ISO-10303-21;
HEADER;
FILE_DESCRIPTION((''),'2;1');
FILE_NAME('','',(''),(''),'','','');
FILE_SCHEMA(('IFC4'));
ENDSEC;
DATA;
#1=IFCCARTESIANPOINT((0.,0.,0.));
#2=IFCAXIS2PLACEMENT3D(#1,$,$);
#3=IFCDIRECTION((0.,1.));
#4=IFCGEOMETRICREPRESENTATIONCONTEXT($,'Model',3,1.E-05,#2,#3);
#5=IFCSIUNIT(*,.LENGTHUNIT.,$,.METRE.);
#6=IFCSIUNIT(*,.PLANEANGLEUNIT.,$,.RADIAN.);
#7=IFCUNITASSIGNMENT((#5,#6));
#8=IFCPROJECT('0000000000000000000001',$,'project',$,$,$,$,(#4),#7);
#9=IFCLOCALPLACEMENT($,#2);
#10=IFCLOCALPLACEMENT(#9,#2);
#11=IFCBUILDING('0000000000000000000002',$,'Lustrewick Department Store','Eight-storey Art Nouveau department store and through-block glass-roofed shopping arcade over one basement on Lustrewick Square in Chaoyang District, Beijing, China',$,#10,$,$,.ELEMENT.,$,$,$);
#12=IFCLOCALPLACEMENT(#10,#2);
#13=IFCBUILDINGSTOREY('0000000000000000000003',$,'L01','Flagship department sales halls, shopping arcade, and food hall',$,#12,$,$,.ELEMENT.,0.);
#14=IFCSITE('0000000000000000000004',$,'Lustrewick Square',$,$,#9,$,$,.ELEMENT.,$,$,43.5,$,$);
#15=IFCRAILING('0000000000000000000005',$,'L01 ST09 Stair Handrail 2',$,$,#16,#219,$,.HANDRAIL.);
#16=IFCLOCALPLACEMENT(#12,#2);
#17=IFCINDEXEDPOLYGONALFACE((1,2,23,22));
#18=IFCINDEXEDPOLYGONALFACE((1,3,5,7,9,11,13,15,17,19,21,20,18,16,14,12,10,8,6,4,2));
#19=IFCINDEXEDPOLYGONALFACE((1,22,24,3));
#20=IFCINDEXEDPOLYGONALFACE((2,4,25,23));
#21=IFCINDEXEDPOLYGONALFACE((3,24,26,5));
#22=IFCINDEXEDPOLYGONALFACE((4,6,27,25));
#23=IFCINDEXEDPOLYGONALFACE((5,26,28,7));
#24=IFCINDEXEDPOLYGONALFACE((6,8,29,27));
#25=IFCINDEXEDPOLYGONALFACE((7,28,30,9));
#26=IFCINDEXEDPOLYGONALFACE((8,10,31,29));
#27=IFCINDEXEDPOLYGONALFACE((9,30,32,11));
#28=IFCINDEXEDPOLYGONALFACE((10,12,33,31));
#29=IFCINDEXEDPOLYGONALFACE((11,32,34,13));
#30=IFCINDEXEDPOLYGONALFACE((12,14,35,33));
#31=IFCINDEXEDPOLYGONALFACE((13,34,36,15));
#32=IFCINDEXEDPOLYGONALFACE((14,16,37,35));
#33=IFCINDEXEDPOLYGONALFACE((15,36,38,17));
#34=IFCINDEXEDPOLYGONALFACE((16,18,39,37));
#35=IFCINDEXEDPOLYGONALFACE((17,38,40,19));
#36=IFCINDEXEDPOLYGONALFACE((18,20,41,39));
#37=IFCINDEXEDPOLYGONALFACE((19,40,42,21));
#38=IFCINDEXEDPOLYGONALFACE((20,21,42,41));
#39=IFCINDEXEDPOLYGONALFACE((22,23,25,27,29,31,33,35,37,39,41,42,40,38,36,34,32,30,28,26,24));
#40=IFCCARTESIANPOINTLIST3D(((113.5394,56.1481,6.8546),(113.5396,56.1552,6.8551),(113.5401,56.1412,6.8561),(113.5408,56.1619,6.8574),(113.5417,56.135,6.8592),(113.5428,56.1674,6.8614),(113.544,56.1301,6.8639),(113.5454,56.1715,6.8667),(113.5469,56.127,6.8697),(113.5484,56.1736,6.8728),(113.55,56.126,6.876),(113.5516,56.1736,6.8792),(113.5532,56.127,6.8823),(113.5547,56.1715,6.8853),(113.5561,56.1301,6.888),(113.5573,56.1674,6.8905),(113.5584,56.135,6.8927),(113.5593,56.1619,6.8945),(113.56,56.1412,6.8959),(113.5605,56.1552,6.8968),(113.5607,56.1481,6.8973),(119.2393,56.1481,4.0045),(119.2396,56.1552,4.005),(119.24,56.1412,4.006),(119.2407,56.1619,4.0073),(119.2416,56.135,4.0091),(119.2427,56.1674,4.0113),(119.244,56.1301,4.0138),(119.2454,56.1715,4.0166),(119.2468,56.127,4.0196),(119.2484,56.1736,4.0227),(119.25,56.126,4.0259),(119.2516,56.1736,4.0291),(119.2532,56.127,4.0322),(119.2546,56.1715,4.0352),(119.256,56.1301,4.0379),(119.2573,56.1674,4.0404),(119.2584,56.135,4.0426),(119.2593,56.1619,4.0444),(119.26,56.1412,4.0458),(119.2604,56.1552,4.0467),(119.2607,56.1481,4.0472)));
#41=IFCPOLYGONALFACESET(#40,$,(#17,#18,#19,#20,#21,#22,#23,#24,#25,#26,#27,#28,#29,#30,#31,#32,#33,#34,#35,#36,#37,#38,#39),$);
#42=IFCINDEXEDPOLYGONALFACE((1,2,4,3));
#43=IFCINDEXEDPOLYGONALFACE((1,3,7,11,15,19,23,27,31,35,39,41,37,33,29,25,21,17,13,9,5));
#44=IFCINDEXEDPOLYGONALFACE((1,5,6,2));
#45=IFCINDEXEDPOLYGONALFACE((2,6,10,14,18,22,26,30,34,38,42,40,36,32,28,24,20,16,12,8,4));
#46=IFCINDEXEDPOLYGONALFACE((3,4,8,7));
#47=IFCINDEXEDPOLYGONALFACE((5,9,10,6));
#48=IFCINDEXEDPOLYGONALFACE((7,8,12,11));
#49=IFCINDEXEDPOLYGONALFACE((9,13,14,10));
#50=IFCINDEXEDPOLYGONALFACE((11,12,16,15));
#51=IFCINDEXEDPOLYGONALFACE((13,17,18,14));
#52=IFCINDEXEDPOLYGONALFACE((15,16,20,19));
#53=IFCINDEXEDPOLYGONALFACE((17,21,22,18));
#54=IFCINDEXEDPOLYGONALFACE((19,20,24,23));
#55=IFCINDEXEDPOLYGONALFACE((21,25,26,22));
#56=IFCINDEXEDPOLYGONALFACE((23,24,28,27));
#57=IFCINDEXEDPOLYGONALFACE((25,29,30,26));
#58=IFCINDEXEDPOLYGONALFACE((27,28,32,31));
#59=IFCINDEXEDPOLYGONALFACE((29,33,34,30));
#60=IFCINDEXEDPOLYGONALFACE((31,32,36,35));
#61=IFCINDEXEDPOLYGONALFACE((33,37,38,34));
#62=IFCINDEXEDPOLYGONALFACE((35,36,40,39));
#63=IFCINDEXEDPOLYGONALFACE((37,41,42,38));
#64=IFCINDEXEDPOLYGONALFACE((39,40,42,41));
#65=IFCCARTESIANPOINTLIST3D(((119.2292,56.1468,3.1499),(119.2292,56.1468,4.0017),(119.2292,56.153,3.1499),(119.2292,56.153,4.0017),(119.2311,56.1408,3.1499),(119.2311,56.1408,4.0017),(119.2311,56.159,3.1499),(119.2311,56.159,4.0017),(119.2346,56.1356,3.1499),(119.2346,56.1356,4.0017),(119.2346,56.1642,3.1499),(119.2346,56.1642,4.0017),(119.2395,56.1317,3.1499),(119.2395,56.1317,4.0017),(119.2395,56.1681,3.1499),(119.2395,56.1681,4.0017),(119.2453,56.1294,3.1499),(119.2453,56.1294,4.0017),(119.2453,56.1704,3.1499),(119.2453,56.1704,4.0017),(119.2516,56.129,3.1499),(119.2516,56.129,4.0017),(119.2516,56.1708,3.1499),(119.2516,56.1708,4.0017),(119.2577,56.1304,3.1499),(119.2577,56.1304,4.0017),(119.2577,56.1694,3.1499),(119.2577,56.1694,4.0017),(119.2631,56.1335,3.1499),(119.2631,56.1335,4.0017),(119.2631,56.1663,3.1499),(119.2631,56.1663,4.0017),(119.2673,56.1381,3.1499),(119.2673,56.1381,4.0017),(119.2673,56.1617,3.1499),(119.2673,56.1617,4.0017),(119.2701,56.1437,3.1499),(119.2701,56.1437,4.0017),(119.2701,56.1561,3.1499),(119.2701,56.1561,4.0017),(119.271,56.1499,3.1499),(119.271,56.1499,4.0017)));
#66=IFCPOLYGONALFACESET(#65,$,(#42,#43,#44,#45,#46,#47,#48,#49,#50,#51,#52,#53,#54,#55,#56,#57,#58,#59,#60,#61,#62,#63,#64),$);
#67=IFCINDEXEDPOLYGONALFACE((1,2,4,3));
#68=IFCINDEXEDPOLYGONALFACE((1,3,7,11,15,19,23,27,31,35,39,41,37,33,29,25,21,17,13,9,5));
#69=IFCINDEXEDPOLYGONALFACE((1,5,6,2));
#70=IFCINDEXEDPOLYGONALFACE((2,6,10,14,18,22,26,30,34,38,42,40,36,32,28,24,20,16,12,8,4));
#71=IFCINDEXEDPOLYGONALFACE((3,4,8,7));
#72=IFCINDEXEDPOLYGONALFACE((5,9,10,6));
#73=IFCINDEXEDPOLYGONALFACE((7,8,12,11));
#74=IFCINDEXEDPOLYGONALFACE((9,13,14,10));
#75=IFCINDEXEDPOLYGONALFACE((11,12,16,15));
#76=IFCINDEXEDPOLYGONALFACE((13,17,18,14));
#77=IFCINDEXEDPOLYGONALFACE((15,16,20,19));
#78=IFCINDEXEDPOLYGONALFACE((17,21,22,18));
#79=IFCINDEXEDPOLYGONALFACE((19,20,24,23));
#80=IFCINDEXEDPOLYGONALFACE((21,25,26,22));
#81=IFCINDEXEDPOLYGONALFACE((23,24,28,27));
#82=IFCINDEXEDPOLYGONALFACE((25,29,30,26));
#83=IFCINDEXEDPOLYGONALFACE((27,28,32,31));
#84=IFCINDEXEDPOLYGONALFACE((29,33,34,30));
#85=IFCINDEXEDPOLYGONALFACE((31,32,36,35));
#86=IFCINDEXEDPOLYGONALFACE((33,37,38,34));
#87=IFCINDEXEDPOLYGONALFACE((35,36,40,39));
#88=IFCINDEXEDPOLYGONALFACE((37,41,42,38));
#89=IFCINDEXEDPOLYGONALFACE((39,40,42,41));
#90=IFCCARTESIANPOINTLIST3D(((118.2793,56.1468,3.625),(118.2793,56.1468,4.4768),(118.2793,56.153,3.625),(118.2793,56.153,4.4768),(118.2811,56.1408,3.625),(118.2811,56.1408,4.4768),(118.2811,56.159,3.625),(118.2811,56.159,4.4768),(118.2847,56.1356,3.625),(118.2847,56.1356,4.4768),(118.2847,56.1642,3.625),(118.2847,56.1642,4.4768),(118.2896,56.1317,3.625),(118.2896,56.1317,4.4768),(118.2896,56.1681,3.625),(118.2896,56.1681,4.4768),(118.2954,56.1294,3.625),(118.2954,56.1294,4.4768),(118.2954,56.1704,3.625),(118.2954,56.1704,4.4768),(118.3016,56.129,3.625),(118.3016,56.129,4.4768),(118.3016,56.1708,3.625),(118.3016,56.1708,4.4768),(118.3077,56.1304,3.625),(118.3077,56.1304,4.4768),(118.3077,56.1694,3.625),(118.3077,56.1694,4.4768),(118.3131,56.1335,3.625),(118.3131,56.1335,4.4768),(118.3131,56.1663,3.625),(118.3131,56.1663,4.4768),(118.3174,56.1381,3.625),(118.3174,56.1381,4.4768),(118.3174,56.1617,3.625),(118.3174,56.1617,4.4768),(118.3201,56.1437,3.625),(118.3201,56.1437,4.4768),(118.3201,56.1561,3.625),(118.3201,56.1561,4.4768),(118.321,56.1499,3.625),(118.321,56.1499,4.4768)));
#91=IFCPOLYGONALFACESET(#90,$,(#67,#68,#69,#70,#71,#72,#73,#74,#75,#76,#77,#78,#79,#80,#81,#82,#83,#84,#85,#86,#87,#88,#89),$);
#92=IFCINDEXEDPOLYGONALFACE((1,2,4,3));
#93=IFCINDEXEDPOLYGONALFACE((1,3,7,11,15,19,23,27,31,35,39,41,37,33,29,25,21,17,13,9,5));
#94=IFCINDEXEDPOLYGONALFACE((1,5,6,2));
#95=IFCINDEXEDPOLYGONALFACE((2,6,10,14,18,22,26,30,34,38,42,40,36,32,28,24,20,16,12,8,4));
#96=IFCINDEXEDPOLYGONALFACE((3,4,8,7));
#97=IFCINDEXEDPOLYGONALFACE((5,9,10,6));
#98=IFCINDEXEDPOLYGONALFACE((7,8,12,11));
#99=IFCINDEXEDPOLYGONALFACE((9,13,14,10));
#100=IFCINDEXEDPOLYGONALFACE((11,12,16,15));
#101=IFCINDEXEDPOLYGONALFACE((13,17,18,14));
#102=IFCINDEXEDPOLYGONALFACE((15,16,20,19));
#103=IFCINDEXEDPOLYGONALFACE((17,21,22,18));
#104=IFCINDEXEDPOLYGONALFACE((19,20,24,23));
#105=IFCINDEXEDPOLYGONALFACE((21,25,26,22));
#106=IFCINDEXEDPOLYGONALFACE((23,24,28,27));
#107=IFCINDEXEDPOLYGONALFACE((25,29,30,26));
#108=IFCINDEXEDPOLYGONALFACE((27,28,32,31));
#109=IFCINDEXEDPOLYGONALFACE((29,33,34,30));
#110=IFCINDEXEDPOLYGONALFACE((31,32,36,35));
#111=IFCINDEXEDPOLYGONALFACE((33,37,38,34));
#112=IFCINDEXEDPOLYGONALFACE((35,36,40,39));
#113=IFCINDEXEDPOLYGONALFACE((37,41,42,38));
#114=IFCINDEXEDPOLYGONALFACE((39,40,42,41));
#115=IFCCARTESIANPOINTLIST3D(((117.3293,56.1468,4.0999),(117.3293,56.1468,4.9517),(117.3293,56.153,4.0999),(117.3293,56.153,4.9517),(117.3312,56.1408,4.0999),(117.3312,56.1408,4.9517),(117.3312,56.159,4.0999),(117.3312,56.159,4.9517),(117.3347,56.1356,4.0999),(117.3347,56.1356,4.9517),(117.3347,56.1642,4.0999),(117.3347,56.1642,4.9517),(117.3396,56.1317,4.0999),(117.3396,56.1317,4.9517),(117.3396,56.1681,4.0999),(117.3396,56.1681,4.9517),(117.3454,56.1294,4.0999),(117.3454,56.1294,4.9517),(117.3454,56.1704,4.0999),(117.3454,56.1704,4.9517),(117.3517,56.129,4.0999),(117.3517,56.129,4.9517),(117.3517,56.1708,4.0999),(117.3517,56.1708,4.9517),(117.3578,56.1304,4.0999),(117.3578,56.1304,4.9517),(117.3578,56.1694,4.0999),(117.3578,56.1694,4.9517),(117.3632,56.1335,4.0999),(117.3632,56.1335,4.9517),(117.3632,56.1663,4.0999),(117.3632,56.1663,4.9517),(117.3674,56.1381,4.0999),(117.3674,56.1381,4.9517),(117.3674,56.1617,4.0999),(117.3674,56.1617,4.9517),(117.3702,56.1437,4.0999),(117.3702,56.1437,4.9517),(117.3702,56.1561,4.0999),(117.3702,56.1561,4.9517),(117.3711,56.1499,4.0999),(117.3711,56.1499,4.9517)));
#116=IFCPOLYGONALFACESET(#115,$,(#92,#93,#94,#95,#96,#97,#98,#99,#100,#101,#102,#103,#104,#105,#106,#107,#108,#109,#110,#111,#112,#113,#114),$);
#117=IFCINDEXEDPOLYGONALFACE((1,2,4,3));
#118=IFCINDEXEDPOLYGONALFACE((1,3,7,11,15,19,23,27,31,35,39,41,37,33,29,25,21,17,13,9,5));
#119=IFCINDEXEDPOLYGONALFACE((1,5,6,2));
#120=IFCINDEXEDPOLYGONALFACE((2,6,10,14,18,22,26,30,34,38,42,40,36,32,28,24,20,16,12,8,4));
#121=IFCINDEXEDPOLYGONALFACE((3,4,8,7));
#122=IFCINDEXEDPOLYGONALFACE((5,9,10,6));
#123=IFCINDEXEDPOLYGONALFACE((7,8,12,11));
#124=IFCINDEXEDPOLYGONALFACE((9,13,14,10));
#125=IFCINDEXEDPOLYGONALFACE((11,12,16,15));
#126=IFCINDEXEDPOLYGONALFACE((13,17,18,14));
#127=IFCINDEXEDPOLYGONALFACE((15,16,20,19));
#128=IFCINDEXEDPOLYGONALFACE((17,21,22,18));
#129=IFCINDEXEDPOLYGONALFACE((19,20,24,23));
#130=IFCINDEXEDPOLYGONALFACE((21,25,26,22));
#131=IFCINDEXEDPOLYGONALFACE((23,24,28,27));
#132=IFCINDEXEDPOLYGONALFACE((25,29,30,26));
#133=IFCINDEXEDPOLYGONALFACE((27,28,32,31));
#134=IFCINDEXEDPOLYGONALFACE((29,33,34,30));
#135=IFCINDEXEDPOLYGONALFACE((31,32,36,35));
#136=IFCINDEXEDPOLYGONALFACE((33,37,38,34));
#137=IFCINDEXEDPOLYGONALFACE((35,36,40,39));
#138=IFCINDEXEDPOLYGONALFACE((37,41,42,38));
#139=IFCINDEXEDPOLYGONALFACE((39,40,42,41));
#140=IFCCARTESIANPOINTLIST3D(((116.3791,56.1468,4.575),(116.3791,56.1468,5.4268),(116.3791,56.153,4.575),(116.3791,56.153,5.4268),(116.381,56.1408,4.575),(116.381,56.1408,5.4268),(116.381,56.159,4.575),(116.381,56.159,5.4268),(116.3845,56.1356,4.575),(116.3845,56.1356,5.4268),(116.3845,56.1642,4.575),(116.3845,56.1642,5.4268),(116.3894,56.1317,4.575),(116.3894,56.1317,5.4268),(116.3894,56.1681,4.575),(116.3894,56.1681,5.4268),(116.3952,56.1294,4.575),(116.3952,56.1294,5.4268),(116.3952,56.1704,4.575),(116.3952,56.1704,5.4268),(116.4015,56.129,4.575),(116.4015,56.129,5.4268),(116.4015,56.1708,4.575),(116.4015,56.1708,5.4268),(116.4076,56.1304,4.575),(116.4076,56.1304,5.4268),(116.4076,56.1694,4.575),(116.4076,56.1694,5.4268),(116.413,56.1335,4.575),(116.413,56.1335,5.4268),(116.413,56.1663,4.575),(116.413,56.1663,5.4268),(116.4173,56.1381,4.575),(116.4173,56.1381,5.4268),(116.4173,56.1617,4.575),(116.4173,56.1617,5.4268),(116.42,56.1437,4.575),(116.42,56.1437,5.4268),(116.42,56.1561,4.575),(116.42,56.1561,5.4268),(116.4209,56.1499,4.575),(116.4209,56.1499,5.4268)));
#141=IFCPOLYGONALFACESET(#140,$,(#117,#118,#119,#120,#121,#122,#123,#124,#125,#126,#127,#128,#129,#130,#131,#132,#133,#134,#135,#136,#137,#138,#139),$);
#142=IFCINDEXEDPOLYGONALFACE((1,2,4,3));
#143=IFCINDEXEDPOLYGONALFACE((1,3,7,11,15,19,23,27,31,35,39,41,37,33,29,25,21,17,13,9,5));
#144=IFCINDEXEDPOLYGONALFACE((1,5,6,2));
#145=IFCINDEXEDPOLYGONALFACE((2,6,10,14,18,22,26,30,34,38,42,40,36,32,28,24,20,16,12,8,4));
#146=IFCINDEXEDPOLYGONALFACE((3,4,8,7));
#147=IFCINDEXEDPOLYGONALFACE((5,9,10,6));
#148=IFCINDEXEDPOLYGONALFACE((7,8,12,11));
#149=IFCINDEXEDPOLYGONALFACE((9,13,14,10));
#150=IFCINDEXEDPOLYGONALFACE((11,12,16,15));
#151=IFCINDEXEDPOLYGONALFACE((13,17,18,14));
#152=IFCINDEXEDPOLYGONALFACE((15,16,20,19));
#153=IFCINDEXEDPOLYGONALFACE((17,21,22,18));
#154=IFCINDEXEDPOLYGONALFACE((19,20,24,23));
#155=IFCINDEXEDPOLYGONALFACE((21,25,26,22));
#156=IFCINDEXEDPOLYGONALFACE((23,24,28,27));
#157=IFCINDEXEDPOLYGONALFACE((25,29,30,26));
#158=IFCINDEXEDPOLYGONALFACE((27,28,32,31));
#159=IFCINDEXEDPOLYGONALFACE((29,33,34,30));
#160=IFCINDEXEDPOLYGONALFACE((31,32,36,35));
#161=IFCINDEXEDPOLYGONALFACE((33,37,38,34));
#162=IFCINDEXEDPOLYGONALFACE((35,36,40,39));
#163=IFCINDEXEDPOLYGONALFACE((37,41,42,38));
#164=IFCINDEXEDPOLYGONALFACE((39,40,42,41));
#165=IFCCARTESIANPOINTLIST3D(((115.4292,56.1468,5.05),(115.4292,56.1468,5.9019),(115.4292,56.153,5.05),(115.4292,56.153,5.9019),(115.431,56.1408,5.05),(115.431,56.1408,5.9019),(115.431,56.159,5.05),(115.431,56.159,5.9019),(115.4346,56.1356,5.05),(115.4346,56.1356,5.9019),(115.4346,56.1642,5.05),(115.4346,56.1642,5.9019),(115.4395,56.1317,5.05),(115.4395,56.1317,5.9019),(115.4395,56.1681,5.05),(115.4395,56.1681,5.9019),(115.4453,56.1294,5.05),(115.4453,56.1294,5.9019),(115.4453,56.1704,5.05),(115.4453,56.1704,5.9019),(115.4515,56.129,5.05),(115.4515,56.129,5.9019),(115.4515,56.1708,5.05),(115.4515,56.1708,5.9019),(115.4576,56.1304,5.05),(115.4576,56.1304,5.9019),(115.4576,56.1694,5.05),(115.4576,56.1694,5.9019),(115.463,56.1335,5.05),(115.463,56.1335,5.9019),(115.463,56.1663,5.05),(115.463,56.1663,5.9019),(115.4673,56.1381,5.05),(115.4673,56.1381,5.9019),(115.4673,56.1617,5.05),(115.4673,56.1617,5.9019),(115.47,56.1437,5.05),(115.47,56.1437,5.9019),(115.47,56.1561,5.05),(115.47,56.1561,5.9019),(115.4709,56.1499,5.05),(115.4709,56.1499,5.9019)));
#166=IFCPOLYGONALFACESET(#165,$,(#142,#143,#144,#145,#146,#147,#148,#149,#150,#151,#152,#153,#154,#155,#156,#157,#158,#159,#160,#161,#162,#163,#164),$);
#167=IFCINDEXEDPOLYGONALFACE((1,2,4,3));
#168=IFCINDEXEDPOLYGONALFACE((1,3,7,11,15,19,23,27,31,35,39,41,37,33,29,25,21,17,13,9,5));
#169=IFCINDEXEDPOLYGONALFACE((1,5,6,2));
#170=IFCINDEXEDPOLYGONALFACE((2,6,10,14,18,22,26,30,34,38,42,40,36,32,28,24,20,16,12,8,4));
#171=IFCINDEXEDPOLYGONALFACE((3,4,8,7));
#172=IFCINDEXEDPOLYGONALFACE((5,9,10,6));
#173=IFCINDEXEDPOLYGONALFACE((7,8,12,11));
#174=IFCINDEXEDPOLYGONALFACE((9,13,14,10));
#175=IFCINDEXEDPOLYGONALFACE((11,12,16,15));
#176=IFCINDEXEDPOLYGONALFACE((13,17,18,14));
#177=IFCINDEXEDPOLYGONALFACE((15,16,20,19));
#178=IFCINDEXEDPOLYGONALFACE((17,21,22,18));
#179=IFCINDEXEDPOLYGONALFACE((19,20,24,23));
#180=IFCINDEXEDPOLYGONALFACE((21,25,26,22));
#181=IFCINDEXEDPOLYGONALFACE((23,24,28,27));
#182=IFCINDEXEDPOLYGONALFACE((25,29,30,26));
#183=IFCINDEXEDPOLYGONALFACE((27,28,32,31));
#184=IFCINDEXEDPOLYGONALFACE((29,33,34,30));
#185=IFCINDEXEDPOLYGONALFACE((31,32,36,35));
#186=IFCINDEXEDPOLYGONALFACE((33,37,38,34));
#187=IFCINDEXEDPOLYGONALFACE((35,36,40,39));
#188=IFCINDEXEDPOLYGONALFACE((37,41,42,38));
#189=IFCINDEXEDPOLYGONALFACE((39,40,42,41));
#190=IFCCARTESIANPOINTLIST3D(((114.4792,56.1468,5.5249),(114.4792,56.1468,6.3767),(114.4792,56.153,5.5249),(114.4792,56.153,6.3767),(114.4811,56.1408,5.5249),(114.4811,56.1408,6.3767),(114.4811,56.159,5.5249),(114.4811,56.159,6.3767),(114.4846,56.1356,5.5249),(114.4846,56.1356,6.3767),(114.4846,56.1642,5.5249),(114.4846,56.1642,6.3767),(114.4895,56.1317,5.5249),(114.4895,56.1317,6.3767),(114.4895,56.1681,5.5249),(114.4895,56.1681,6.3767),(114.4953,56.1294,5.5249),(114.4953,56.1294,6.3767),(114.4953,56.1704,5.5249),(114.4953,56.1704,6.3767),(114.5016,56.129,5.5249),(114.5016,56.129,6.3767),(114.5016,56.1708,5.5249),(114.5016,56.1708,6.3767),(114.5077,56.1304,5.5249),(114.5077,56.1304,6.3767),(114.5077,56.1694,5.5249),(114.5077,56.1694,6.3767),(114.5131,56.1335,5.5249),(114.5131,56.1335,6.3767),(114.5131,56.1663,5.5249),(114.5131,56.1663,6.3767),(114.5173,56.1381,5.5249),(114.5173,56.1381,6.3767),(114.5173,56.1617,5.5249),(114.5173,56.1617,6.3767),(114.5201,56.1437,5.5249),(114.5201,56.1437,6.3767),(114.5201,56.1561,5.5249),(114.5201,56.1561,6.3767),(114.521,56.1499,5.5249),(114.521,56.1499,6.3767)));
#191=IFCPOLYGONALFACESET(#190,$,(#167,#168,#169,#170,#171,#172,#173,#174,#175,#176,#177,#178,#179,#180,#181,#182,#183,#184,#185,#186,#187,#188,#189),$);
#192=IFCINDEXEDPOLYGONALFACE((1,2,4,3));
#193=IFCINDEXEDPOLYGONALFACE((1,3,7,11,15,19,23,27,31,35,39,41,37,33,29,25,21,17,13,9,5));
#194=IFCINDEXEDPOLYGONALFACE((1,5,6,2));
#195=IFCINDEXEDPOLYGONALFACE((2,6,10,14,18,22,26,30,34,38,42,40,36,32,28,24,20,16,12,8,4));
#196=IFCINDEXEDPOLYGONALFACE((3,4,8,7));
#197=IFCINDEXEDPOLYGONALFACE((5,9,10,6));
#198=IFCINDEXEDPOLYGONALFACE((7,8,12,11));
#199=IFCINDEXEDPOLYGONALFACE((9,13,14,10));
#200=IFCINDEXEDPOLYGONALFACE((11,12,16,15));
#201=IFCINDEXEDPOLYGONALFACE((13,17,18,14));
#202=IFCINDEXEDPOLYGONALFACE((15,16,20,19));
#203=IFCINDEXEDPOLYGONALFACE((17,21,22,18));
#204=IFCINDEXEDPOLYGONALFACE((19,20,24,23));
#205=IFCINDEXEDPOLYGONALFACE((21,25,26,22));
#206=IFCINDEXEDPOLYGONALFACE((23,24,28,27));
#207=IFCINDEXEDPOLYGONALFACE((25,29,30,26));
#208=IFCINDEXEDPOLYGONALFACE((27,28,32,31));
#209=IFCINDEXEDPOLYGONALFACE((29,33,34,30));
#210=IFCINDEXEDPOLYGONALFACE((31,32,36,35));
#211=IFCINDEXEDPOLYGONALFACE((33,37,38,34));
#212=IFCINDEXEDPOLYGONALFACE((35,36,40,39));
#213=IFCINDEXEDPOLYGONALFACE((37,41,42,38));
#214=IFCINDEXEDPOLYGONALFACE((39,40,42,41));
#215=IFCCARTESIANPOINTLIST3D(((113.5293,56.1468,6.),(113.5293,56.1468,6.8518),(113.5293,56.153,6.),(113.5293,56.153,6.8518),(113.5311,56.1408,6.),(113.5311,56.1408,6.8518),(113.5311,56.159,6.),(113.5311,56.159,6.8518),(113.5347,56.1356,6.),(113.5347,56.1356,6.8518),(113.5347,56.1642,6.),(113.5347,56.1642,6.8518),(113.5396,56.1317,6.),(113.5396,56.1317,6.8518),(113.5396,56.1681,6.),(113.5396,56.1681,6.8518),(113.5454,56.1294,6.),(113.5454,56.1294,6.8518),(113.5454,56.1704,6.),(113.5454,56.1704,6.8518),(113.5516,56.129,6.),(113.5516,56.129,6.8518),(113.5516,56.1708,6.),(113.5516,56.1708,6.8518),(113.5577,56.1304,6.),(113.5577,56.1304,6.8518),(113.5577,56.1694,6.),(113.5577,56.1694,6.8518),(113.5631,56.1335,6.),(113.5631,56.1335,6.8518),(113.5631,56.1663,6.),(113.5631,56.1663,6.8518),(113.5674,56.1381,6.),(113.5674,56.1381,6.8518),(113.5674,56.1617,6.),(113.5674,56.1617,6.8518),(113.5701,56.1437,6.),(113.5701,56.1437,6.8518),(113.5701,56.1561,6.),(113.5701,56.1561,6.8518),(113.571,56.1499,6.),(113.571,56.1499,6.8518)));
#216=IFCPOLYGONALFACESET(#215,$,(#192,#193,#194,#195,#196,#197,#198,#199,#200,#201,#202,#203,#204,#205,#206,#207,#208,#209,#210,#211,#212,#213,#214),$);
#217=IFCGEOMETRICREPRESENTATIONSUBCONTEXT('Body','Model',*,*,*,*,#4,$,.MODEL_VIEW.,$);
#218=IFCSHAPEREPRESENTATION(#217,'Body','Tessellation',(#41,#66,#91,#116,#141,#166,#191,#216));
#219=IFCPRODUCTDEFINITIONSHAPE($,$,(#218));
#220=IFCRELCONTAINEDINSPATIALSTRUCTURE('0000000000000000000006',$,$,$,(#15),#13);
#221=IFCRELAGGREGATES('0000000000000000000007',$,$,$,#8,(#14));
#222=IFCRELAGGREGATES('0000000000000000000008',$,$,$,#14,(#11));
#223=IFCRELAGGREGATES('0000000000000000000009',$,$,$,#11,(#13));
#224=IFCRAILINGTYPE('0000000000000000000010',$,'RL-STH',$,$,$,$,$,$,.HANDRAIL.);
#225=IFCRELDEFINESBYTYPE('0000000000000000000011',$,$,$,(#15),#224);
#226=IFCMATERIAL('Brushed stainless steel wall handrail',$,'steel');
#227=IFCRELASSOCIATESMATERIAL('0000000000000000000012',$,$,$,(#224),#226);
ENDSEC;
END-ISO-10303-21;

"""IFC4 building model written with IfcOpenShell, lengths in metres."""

from ifc_helpers import new_model, si_unit, direction, frame, origin, origin_2d, place, context, subcontext, project, spatial, circle, extrude, material, type_object, element, save


model = new_model("IFC4")

# Units and contexts
model_context = context("Model", 3, precision=1e-05, world=origin(), true_north=direction((0.0, 1.0)))
body_context = subcontext(model_context, "Body", "Model", "MODEL_VIEW")
ifc_project = project(units=[si_unit("LENGTHUNIT", "METRE"), si_unit("PLANEANGLEUNIT", "RADIAN")], contexts=[model_context])

# Site, building, storey
site_placement = place(None, origin())
site = spatial("IfcSite", under=ifc_project, at=site_placement, Name="Lustrewick Square", CompositionType="ELEMENT", RefElevation=43.5)
building_placement = place(site_placement, origin())
building = spatial("IfcBuilding", under=site, at=building_placement, Name="Lustrewick Department Store", Description="Eight-storey Art Nouveau department store and through-block glass-roofed shopping arcade over one basement on Lustrewick Square in Chaoyang District, Beijing, China", CompositionType="ELEMENT")
storey_placement = place(building_placement, origin())
storey = spatial("IfcBuildingStorey", under=building, at=storey_placement, Name="L01", Description="Flagship department sales halls, shopping arcade, and food hall", CompositionType="ELEMENT", Elevation=0.0)

# Railing
ifc_material_1 = material(Name="Brushed stainless steel wall handrail", Category="steel")
railing_type_1 = type_object("IfcRailingType", Name="RL-STH", PredefinedType="HANDRAIL", material=ifc_material_1)
railing_1_placement = place(storey_placement, frame((119.25, 56.1499, 3.1499)))
element("IfcRailing", 1, at=railing_1_placement, inside=storey, type_object=railing_type_1, Name="L01 ST09 Stair Handrail 2", PredefinedType="HANDRAIL", context=body_context, shape_type="SweptSolid", body=[
    extrude(circle(Radius=0.0239, at=origin_2d()), frame((0.0, 0.0, 0.876), z_axis=(-0.89442, 0.0, 0.447229), x_axis=(0.0, -1.0, 0.0)), (0.0, 0.0, 1.0), 6.3728),
    extrude(circle(Radius=0.021, at=origin_2d()), origin(), (0.0, 0.0, 1.0), 0.8518),
    extrude(circle(Radius=0.021, at=origin_2d()), frame((-0.95, 0.0, 0.4751)), (0.0, 0.0, 1.0), 0.8518),
    extrude(circle(Radius=0.021, at=origin_2d()), frame((-1.8999, 0.0, 0.95)), (0.0, 0.0, 1.0), 0.8518),
    extrude(circle(Radius=0.021, at=origin_2d()), frame((-2.8501, 0.0, 1.425)), (0.0, 0.0, 1.0), 0.8518),
    extrude(circle(Radius=0.021, at=origin_2d()), frame((-3.8, 0.0, 1.9001)), (0.0, 0.0, 1.0), 0.8518),
    extrude(circle(Radius=0.021, at=origin_2d()), frame((-4.75, 0.0, 2.375)), (0.0, 0.0, 1.0), 0.8518),
    extrude(circle(Radius=0.021, at=origin_2d()), frame((-5.7, 0.0, 2.8501)), (0.0, 0.0, 1.0), 0.8518),
])

save(model, "model.ifc")
